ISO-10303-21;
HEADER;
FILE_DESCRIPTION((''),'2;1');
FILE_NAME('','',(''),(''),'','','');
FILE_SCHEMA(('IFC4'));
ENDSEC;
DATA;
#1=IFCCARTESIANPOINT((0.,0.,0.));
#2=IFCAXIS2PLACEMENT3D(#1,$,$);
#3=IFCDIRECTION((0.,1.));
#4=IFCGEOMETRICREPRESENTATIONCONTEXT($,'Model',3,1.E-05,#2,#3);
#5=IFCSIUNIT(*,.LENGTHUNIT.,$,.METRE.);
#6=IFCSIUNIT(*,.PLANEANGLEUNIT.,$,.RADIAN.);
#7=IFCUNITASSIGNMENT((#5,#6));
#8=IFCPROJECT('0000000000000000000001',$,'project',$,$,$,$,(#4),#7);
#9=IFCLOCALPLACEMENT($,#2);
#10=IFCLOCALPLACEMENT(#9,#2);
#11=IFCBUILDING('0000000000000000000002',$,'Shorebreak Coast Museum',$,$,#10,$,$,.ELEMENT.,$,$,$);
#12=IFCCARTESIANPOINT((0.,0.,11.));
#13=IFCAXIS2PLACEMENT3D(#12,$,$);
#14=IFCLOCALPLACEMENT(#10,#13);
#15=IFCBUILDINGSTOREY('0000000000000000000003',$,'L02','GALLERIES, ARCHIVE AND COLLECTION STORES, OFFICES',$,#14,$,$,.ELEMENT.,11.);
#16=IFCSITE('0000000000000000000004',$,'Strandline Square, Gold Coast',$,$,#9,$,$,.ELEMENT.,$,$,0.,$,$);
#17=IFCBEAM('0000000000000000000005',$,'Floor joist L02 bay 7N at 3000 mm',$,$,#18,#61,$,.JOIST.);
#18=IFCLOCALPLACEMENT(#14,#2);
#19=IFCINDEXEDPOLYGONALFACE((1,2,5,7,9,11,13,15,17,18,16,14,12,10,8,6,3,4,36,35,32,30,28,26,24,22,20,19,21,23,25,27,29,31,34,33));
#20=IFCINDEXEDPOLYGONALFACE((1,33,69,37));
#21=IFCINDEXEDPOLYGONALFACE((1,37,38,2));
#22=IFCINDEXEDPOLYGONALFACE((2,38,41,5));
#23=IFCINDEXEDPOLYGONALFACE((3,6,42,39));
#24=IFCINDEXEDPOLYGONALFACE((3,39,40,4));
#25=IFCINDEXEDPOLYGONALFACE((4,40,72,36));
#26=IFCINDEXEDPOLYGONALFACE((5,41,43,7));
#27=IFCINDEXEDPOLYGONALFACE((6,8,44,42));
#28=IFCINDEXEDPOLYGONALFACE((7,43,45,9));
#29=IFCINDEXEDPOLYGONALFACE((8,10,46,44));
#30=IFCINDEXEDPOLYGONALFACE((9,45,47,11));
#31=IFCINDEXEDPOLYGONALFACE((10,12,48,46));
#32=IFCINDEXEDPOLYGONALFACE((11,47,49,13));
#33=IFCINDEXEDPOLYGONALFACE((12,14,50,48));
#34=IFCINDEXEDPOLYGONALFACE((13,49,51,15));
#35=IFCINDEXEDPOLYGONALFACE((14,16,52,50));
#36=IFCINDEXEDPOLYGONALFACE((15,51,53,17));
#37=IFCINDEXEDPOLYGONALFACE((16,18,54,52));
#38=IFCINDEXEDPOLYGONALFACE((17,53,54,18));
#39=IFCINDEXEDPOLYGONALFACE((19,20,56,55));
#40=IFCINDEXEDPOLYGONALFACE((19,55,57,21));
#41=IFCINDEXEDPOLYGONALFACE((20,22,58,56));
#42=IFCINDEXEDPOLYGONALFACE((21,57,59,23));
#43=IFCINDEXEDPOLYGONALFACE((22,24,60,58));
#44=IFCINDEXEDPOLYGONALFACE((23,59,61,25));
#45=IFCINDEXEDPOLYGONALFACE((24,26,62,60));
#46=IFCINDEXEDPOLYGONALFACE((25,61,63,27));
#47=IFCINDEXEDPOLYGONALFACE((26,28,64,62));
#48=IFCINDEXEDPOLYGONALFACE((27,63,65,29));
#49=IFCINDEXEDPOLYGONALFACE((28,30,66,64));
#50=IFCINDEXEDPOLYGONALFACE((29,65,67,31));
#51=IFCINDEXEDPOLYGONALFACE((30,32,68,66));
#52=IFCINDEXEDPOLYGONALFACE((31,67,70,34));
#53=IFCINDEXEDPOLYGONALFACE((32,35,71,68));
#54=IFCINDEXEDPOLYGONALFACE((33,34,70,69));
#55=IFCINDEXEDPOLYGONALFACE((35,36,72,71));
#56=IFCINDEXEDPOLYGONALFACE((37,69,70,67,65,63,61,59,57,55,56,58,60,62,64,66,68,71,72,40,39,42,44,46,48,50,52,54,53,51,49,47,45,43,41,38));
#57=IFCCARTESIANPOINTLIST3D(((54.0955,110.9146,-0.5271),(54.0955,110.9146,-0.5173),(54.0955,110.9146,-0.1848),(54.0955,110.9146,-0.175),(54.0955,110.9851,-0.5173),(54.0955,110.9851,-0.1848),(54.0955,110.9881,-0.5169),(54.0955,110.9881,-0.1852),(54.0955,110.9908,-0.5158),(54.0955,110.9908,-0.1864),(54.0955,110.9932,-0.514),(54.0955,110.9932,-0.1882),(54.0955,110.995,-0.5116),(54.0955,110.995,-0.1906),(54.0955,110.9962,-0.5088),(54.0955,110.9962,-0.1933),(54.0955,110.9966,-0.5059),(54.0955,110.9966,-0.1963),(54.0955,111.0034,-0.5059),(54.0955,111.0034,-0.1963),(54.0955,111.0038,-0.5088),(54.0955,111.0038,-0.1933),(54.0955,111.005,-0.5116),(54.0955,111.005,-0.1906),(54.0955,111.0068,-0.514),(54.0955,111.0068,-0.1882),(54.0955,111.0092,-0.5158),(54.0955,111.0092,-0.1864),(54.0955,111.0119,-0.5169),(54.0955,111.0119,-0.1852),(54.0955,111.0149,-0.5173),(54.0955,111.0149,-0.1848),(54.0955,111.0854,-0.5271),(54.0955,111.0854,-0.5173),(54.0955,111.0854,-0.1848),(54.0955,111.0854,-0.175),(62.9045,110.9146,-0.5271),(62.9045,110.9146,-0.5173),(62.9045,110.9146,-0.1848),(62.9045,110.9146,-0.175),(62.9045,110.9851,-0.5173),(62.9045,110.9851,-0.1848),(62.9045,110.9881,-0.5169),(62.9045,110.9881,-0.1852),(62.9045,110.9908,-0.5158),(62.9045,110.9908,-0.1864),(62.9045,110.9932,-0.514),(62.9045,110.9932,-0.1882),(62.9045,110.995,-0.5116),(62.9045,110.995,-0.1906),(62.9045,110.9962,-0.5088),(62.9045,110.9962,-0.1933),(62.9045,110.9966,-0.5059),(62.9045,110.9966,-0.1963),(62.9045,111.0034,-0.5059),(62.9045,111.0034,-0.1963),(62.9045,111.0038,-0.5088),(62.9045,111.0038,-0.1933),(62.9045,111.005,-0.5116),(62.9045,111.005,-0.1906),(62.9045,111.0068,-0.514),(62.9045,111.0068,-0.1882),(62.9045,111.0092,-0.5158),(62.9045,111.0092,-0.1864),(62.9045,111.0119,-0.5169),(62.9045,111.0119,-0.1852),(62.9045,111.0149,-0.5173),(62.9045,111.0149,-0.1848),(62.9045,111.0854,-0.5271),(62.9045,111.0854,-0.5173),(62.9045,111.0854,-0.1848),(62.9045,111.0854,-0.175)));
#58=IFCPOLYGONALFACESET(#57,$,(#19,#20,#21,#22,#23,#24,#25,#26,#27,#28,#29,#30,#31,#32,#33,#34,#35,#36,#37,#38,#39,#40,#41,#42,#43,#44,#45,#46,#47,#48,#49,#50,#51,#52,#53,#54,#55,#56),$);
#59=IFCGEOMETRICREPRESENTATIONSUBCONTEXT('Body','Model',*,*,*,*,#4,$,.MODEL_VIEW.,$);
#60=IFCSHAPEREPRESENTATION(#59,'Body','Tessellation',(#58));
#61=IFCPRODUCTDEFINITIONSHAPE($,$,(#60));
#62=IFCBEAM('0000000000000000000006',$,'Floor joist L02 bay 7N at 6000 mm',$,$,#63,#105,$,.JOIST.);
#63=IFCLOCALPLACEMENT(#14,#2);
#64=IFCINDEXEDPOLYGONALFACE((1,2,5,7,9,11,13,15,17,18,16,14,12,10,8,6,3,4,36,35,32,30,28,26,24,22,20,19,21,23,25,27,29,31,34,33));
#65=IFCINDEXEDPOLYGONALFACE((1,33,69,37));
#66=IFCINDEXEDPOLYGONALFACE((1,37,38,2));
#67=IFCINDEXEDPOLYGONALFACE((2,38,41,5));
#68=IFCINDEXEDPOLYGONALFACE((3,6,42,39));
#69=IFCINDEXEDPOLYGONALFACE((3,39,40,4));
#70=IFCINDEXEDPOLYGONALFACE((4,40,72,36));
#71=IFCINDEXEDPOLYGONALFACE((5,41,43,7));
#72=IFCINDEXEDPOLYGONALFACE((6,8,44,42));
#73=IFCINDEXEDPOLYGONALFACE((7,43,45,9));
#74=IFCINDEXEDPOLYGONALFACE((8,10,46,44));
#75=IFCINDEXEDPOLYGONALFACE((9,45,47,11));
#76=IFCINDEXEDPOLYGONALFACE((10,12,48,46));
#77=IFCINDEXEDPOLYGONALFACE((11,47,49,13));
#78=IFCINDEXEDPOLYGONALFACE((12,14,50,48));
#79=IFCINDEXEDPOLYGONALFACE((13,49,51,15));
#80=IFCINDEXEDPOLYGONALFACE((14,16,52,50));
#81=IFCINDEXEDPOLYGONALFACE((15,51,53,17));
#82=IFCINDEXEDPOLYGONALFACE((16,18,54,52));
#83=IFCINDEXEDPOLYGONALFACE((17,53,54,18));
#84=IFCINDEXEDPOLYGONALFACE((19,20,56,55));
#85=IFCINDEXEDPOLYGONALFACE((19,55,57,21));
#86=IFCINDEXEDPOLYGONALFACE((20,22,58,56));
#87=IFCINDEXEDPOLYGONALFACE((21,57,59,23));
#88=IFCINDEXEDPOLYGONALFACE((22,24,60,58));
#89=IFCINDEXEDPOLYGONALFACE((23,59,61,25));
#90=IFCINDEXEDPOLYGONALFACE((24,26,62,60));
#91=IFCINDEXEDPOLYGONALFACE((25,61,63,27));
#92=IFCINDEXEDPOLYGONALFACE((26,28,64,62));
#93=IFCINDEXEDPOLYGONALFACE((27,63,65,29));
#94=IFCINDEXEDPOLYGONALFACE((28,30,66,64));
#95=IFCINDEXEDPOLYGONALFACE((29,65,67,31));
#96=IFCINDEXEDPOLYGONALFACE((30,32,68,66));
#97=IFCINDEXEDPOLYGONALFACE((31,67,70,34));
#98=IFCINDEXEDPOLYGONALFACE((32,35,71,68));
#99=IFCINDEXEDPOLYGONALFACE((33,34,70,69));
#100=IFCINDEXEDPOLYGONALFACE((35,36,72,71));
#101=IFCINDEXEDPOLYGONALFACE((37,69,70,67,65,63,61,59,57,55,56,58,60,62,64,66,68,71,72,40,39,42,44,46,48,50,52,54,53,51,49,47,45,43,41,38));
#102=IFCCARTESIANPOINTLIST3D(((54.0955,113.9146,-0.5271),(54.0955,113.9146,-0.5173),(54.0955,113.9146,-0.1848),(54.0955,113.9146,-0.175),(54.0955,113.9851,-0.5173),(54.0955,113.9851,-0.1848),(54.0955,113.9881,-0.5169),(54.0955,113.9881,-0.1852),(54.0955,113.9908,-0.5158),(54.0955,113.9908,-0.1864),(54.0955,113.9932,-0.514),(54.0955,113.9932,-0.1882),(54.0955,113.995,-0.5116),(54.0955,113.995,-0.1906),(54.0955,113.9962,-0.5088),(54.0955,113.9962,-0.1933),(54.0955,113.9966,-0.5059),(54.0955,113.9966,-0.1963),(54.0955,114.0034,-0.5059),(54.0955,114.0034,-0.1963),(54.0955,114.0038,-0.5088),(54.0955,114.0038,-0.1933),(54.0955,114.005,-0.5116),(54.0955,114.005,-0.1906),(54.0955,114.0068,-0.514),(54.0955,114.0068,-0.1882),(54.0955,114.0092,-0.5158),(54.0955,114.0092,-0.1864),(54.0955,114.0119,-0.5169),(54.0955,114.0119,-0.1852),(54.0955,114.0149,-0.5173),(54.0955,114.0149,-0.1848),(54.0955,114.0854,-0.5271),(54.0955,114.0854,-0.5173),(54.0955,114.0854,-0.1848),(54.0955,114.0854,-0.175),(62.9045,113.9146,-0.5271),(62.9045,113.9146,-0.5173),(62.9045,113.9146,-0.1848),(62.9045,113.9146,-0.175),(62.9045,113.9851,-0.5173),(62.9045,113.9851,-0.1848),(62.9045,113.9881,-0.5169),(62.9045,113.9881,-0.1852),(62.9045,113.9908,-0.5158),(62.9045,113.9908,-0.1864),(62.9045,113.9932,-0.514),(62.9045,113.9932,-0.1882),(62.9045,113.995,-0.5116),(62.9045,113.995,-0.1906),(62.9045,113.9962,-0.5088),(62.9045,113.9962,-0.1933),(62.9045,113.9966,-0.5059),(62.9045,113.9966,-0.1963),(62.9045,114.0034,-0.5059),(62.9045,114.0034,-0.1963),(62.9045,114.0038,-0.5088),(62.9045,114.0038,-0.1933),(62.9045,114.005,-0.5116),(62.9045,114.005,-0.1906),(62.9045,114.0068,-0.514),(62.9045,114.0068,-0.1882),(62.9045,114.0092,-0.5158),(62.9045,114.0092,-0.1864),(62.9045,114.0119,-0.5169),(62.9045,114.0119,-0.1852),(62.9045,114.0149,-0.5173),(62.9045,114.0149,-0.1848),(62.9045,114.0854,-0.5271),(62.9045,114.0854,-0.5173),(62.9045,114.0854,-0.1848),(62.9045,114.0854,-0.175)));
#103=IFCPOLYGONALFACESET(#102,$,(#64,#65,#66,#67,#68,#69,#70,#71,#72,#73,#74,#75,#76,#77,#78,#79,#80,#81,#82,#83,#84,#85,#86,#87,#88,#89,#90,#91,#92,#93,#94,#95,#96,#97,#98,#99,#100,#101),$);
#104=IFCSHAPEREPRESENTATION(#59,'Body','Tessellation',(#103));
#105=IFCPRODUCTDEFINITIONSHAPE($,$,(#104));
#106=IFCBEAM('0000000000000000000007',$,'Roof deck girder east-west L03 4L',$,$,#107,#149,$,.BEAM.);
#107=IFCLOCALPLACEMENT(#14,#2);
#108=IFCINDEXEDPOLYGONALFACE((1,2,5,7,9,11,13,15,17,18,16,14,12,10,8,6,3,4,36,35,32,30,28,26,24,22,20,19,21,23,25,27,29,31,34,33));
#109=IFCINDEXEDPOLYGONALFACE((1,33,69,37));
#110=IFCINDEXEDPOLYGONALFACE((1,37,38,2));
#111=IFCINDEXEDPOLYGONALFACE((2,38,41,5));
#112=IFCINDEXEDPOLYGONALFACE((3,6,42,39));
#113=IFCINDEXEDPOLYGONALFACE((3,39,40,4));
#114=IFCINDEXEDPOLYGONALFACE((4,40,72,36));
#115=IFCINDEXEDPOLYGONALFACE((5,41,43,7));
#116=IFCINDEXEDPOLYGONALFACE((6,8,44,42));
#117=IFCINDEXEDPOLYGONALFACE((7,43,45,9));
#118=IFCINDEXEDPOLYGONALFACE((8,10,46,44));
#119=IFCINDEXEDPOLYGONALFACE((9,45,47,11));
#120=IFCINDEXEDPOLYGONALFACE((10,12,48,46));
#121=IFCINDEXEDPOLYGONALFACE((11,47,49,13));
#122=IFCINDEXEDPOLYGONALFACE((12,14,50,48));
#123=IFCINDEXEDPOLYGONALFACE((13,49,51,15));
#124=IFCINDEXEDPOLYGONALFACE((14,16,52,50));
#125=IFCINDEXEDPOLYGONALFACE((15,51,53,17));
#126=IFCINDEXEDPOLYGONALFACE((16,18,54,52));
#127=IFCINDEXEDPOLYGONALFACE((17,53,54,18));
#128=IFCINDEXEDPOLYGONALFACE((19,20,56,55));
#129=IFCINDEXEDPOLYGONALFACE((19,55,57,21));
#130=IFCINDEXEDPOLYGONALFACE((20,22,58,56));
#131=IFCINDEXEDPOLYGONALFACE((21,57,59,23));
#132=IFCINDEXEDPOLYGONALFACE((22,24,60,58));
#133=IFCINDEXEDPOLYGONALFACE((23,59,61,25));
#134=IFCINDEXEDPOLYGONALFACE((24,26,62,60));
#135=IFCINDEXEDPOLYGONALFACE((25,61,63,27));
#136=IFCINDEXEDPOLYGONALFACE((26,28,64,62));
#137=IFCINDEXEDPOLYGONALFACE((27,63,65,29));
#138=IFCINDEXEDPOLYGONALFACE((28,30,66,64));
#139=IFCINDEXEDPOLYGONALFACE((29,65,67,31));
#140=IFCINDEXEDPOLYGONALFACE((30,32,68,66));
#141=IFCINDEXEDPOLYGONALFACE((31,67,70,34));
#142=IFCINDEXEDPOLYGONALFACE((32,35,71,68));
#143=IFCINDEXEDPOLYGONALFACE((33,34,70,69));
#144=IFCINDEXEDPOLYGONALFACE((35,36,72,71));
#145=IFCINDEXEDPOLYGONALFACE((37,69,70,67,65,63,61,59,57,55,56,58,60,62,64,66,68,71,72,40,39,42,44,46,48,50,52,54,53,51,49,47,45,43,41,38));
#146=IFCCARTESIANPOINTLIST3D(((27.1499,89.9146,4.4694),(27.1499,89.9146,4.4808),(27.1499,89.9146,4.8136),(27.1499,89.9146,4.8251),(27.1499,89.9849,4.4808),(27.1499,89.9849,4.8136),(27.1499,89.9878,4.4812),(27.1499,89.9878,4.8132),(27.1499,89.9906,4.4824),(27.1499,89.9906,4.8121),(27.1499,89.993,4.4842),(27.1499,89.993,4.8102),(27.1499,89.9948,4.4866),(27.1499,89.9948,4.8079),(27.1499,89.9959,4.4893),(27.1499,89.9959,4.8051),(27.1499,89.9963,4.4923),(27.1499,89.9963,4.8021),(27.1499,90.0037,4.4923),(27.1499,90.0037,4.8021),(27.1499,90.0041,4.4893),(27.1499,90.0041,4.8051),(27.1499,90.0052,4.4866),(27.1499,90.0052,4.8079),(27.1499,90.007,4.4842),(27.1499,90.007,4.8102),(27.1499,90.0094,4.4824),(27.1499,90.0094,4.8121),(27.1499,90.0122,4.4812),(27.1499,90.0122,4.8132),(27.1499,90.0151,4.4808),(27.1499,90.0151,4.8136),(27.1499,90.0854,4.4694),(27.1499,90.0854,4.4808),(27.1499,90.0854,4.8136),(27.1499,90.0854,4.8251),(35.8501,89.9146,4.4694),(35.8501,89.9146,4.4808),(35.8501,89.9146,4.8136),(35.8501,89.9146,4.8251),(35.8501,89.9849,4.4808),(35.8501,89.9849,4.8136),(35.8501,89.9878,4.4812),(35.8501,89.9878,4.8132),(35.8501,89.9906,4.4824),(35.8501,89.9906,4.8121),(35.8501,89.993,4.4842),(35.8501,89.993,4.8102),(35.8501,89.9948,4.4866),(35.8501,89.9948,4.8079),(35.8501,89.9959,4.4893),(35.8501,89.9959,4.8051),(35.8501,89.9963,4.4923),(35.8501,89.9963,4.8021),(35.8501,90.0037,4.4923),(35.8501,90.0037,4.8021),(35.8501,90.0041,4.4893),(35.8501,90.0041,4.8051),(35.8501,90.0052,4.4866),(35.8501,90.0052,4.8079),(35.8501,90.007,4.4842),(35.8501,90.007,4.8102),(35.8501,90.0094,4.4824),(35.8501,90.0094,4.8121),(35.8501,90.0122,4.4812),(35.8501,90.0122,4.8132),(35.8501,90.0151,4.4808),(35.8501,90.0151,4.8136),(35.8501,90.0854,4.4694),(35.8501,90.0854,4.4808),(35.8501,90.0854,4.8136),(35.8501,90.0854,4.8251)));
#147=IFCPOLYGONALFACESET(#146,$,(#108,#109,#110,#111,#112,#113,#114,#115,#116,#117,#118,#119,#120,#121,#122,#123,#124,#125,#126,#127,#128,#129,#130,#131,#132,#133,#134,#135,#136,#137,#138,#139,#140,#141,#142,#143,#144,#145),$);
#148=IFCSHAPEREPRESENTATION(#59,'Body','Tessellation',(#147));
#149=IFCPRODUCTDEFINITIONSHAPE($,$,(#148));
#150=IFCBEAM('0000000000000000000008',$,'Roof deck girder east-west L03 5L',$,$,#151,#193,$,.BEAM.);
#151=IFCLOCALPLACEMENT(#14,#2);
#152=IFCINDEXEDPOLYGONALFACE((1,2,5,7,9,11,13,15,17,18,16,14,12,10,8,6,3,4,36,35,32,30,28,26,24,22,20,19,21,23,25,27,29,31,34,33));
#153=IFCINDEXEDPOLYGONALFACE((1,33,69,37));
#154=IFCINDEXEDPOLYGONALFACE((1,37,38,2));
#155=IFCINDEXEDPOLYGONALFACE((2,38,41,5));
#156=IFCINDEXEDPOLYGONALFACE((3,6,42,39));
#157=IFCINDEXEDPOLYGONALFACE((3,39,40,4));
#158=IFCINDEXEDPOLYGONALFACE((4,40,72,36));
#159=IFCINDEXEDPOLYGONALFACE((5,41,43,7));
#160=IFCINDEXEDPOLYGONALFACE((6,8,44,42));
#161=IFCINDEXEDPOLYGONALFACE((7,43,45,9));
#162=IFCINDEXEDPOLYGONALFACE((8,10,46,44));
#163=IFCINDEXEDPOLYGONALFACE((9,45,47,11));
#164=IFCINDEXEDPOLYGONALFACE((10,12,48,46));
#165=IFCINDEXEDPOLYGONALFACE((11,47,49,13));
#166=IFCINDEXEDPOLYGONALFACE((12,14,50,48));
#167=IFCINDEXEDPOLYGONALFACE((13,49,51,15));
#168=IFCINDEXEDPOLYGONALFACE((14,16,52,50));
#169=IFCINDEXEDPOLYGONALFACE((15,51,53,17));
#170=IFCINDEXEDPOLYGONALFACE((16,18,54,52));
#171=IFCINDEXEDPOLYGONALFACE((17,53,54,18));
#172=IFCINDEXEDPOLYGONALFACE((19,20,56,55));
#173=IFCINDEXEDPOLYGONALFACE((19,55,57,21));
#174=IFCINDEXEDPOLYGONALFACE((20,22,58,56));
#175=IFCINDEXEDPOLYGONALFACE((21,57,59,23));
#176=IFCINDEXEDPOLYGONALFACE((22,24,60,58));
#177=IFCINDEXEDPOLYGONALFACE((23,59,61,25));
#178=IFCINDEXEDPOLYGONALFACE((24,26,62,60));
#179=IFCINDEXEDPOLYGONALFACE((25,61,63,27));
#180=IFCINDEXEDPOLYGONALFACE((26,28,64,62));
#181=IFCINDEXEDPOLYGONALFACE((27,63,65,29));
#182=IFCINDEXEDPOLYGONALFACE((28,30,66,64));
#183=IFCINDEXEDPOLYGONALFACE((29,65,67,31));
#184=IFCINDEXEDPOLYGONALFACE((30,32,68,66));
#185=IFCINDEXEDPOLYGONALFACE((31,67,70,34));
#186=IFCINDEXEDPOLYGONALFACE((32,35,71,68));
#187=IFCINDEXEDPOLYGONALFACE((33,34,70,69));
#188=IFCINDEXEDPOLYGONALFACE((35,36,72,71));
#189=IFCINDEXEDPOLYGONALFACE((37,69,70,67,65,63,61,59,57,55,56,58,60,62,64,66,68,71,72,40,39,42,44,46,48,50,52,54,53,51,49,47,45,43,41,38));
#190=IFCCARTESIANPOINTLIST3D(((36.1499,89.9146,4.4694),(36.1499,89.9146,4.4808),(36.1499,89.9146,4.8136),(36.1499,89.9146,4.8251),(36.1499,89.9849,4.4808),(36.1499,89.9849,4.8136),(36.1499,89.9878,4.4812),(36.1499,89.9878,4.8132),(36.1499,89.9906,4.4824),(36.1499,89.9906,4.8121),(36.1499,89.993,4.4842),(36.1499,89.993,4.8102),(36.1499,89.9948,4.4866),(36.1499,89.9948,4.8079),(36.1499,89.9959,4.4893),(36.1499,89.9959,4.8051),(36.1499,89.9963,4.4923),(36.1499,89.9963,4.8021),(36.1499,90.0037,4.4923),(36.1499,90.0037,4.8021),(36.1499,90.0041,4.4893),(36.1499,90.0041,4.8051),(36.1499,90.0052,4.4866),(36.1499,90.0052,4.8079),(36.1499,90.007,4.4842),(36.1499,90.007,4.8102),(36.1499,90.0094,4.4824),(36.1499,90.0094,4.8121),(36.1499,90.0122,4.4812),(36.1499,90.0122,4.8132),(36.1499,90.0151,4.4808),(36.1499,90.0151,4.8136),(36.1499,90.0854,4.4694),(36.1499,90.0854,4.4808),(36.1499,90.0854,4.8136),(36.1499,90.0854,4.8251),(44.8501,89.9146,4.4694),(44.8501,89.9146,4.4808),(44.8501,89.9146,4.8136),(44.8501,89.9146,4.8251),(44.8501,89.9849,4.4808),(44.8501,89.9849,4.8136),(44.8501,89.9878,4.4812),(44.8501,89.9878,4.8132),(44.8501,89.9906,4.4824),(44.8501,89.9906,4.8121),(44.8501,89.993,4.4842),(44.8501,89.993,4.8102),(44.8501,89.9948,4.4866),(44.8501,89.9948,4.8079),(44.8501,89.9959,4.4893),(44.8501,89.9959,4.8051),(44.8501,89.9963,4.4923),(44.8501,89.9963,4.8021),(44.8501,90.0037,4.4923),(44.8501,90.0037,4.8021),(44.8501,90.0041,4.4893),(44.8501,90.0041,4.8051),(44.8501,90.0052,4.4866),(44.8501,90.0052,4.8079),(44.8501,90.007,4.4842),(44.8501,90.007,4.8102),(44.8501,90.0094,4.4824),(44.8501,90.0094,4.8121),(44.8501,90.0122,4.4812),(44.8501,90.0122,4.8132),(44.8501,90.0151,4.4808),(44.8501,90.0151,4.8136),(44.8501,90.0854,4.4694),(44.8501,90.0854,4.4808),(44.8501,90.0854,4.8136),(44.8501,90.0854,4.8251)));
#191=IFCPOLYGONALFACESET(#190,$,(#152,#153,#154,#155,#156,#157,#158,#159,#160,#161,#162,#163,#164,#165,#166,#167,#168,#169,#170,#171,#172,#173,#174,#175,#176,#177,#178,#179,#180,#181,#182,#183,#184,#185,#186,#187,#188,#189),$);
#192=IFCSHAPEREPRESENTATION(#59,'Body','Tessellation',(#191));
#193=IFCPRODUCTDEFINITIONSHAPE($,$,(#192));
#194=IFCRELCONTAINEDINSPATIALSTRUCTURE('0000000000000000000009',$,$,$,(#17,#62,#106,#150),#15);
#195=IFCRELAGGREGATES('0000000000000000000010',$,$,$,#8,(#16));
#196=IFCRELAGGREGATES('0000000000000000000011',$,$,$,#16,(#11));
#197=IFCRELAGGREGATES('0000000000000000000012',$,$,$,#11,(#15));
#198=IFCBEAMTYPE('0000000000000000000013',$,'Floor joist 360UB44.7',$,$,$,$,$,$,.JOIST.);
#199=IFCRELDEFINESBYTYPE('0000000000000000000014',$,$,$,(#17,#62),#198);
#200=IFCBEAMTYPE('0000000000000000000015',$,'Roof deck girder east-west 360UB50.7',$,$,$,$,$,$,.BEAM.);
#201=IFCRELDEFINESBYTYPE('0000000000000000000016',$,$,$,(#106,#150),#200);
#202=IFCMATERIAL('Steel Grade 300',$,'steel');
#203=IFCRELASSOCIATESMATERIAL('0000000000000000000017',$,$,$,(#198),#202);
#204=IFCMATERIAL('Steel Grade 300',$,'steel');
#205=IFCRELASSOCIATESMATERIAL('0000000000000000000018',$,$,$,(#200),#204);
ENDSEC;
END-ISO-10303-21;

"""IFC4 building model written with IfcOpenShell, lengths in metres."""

from ifc_helpers import new_model, si_unit, direction, frame, origin, origin_2d, place, context, subcontext, project, spatial, i_section, extrude, material, material_profile, profile_set, type_object, element, save


model = new_model("IFC4")

# Units and contexts
model_context = context("Model", 3, precision=1e-05, world=origin(), true_north=direction((0.0, 1.0)))
body_context = subcontext(model_context, "Body", "Model", "MODEL_VIEW")
ifc_project = project(units=[si_unit("LENGTHUNIT", "METRE"), si_unit("PLANEANGLEUNIT", "RADIAN")], contexts=[model_context])

# Site, building, storey
site_placement = place(None, origin())
site = spatial("IfcSite", under=ifc_project, at=site_placement, Name="Strandline Square, Gold Coast", CompositionType="ELEMENT", RefElevation=0.0)
building_placement = place(site_placement, origin())
building = spatial("IfcBuilding", under=site, at=building_placement, Name="Shorebreak Coast Museum", CompositionType="ELEMENT")
storey_placement = place(building_placement, frame((0.0, 0.0, 11.0)))
storey = spatial("IfcBuildingStorey", under=building, at=storey_placement, Name="L02", Description="GALLERIES, ARCHIVE AND COLLECTION STORES, OFFICES", CompositionType="ELEMENT", Elevation=11.0)

# Beams
ifc_material_1 = material(Name="Steel Grade 300", Category="steel")
ifc_material_profile_1 = material_profile(ifc_material_1, i_section(OverallWidth=0.1709, OverallDepth=0.3521, WebThickness=0.0068, FlangeThickness=0.0098, FilletRadius=0.0115, at=origin_2d()), Name="360UB44.7")
ifc_profile_set_1 = profile_set([ifc_material_profile_1], Name="Steel Grade 300")
beam_type_1 = type_object("IfcBeamType", Name="Floor joist 360UB44.7", PredefinedType="JOIST", material=ifc_profile_set_1)
for number, where, z_axis, x_axis, name in (
    (1, (54.0955, 111.0, -0.3511), (1.0, 0.0, 0.0), (0.0, 1.0, 0.0), "Floor joist L02 bay 7N at 3000 mm"),
    (2, (54.0955, 114.0, -0.3511), (1.0, 0.0, 0.0), (0.0, 1.0, 0.0), "Floor joist L02 bay 7N at 6000 mm"),
):
    element("IfcBeam", number, at=place(storey_placement, frame(where, z_axis=z_axis, x_axis=x_axis)), inside=storey, type_object=beam_type_1, Name=name, PredefinedType="JOIST", context=body_context, shape_type="SweptSolid", body=[
        extrude(i_section(OverallWidth=0.1709, OverallDepth=0.3521, WebThickness=0.0068, FlangeThickness=0.0098, FilletRadius=0.0115, at=origin_2d()), origin(), (0.0, 0.0, 1.0), 8.8091),
    ])
ifc_material_2 = material(Name="Steel Grade 300", Category="steel")
ifc_material_profile_2 = material_profile(ifc_material_2, i_section(OverallWidth=0.1709, OverallDepth=0.3557, WebThickness=0.0073, FlangeThickness=0.0115, FilletRadius=0.0115, at=origin_2d()), Name="360UB50.7")
ifc_profile_set_2 = profile_set([ifc_material_profile_2], Name="Steel Grade 300")
beam_type_2 = type_object("IfcBeamType", Name="Roof deck girder east-west 360UB50.7", PredefinedType="BEAM", material=ifc_profile_set_2)
for number, where, z_axis, x_axis, name in (
    (3, (27.1499, 90.0, 4.6472), (1.0, 0.0, 0.0), (0.0, 1.0, 0.0), "Roof deck girder east-west L03 4L"),
    (4, (36.1499, 90.0, 4.6472), (1.0, 0.0, 0.0), (0.0, 1.0, 0.0), "Roof deck girder east-west L03 5L"),
):
    element("IfcBeam", number, at=place(storey_placement, frame(where, z_axis=z_axis, x_axis=x_axis)), inside=storey, type_object=beam_type_2, Name=name, PredefinedType="BEAM", context=body_context, shape_type="SweptSolid", body=[
        extrude(i_section(OverallWidth=0.1709, OverallDepth=0.3557, WebThickness=0.0073, FlangeThickness=0.0115, FilletRadius=0.0115, at=origin_2d()), origin(), (0.0, 0.0, 1.0), 8.7002),
    ])

save(model, "model.ifc")
